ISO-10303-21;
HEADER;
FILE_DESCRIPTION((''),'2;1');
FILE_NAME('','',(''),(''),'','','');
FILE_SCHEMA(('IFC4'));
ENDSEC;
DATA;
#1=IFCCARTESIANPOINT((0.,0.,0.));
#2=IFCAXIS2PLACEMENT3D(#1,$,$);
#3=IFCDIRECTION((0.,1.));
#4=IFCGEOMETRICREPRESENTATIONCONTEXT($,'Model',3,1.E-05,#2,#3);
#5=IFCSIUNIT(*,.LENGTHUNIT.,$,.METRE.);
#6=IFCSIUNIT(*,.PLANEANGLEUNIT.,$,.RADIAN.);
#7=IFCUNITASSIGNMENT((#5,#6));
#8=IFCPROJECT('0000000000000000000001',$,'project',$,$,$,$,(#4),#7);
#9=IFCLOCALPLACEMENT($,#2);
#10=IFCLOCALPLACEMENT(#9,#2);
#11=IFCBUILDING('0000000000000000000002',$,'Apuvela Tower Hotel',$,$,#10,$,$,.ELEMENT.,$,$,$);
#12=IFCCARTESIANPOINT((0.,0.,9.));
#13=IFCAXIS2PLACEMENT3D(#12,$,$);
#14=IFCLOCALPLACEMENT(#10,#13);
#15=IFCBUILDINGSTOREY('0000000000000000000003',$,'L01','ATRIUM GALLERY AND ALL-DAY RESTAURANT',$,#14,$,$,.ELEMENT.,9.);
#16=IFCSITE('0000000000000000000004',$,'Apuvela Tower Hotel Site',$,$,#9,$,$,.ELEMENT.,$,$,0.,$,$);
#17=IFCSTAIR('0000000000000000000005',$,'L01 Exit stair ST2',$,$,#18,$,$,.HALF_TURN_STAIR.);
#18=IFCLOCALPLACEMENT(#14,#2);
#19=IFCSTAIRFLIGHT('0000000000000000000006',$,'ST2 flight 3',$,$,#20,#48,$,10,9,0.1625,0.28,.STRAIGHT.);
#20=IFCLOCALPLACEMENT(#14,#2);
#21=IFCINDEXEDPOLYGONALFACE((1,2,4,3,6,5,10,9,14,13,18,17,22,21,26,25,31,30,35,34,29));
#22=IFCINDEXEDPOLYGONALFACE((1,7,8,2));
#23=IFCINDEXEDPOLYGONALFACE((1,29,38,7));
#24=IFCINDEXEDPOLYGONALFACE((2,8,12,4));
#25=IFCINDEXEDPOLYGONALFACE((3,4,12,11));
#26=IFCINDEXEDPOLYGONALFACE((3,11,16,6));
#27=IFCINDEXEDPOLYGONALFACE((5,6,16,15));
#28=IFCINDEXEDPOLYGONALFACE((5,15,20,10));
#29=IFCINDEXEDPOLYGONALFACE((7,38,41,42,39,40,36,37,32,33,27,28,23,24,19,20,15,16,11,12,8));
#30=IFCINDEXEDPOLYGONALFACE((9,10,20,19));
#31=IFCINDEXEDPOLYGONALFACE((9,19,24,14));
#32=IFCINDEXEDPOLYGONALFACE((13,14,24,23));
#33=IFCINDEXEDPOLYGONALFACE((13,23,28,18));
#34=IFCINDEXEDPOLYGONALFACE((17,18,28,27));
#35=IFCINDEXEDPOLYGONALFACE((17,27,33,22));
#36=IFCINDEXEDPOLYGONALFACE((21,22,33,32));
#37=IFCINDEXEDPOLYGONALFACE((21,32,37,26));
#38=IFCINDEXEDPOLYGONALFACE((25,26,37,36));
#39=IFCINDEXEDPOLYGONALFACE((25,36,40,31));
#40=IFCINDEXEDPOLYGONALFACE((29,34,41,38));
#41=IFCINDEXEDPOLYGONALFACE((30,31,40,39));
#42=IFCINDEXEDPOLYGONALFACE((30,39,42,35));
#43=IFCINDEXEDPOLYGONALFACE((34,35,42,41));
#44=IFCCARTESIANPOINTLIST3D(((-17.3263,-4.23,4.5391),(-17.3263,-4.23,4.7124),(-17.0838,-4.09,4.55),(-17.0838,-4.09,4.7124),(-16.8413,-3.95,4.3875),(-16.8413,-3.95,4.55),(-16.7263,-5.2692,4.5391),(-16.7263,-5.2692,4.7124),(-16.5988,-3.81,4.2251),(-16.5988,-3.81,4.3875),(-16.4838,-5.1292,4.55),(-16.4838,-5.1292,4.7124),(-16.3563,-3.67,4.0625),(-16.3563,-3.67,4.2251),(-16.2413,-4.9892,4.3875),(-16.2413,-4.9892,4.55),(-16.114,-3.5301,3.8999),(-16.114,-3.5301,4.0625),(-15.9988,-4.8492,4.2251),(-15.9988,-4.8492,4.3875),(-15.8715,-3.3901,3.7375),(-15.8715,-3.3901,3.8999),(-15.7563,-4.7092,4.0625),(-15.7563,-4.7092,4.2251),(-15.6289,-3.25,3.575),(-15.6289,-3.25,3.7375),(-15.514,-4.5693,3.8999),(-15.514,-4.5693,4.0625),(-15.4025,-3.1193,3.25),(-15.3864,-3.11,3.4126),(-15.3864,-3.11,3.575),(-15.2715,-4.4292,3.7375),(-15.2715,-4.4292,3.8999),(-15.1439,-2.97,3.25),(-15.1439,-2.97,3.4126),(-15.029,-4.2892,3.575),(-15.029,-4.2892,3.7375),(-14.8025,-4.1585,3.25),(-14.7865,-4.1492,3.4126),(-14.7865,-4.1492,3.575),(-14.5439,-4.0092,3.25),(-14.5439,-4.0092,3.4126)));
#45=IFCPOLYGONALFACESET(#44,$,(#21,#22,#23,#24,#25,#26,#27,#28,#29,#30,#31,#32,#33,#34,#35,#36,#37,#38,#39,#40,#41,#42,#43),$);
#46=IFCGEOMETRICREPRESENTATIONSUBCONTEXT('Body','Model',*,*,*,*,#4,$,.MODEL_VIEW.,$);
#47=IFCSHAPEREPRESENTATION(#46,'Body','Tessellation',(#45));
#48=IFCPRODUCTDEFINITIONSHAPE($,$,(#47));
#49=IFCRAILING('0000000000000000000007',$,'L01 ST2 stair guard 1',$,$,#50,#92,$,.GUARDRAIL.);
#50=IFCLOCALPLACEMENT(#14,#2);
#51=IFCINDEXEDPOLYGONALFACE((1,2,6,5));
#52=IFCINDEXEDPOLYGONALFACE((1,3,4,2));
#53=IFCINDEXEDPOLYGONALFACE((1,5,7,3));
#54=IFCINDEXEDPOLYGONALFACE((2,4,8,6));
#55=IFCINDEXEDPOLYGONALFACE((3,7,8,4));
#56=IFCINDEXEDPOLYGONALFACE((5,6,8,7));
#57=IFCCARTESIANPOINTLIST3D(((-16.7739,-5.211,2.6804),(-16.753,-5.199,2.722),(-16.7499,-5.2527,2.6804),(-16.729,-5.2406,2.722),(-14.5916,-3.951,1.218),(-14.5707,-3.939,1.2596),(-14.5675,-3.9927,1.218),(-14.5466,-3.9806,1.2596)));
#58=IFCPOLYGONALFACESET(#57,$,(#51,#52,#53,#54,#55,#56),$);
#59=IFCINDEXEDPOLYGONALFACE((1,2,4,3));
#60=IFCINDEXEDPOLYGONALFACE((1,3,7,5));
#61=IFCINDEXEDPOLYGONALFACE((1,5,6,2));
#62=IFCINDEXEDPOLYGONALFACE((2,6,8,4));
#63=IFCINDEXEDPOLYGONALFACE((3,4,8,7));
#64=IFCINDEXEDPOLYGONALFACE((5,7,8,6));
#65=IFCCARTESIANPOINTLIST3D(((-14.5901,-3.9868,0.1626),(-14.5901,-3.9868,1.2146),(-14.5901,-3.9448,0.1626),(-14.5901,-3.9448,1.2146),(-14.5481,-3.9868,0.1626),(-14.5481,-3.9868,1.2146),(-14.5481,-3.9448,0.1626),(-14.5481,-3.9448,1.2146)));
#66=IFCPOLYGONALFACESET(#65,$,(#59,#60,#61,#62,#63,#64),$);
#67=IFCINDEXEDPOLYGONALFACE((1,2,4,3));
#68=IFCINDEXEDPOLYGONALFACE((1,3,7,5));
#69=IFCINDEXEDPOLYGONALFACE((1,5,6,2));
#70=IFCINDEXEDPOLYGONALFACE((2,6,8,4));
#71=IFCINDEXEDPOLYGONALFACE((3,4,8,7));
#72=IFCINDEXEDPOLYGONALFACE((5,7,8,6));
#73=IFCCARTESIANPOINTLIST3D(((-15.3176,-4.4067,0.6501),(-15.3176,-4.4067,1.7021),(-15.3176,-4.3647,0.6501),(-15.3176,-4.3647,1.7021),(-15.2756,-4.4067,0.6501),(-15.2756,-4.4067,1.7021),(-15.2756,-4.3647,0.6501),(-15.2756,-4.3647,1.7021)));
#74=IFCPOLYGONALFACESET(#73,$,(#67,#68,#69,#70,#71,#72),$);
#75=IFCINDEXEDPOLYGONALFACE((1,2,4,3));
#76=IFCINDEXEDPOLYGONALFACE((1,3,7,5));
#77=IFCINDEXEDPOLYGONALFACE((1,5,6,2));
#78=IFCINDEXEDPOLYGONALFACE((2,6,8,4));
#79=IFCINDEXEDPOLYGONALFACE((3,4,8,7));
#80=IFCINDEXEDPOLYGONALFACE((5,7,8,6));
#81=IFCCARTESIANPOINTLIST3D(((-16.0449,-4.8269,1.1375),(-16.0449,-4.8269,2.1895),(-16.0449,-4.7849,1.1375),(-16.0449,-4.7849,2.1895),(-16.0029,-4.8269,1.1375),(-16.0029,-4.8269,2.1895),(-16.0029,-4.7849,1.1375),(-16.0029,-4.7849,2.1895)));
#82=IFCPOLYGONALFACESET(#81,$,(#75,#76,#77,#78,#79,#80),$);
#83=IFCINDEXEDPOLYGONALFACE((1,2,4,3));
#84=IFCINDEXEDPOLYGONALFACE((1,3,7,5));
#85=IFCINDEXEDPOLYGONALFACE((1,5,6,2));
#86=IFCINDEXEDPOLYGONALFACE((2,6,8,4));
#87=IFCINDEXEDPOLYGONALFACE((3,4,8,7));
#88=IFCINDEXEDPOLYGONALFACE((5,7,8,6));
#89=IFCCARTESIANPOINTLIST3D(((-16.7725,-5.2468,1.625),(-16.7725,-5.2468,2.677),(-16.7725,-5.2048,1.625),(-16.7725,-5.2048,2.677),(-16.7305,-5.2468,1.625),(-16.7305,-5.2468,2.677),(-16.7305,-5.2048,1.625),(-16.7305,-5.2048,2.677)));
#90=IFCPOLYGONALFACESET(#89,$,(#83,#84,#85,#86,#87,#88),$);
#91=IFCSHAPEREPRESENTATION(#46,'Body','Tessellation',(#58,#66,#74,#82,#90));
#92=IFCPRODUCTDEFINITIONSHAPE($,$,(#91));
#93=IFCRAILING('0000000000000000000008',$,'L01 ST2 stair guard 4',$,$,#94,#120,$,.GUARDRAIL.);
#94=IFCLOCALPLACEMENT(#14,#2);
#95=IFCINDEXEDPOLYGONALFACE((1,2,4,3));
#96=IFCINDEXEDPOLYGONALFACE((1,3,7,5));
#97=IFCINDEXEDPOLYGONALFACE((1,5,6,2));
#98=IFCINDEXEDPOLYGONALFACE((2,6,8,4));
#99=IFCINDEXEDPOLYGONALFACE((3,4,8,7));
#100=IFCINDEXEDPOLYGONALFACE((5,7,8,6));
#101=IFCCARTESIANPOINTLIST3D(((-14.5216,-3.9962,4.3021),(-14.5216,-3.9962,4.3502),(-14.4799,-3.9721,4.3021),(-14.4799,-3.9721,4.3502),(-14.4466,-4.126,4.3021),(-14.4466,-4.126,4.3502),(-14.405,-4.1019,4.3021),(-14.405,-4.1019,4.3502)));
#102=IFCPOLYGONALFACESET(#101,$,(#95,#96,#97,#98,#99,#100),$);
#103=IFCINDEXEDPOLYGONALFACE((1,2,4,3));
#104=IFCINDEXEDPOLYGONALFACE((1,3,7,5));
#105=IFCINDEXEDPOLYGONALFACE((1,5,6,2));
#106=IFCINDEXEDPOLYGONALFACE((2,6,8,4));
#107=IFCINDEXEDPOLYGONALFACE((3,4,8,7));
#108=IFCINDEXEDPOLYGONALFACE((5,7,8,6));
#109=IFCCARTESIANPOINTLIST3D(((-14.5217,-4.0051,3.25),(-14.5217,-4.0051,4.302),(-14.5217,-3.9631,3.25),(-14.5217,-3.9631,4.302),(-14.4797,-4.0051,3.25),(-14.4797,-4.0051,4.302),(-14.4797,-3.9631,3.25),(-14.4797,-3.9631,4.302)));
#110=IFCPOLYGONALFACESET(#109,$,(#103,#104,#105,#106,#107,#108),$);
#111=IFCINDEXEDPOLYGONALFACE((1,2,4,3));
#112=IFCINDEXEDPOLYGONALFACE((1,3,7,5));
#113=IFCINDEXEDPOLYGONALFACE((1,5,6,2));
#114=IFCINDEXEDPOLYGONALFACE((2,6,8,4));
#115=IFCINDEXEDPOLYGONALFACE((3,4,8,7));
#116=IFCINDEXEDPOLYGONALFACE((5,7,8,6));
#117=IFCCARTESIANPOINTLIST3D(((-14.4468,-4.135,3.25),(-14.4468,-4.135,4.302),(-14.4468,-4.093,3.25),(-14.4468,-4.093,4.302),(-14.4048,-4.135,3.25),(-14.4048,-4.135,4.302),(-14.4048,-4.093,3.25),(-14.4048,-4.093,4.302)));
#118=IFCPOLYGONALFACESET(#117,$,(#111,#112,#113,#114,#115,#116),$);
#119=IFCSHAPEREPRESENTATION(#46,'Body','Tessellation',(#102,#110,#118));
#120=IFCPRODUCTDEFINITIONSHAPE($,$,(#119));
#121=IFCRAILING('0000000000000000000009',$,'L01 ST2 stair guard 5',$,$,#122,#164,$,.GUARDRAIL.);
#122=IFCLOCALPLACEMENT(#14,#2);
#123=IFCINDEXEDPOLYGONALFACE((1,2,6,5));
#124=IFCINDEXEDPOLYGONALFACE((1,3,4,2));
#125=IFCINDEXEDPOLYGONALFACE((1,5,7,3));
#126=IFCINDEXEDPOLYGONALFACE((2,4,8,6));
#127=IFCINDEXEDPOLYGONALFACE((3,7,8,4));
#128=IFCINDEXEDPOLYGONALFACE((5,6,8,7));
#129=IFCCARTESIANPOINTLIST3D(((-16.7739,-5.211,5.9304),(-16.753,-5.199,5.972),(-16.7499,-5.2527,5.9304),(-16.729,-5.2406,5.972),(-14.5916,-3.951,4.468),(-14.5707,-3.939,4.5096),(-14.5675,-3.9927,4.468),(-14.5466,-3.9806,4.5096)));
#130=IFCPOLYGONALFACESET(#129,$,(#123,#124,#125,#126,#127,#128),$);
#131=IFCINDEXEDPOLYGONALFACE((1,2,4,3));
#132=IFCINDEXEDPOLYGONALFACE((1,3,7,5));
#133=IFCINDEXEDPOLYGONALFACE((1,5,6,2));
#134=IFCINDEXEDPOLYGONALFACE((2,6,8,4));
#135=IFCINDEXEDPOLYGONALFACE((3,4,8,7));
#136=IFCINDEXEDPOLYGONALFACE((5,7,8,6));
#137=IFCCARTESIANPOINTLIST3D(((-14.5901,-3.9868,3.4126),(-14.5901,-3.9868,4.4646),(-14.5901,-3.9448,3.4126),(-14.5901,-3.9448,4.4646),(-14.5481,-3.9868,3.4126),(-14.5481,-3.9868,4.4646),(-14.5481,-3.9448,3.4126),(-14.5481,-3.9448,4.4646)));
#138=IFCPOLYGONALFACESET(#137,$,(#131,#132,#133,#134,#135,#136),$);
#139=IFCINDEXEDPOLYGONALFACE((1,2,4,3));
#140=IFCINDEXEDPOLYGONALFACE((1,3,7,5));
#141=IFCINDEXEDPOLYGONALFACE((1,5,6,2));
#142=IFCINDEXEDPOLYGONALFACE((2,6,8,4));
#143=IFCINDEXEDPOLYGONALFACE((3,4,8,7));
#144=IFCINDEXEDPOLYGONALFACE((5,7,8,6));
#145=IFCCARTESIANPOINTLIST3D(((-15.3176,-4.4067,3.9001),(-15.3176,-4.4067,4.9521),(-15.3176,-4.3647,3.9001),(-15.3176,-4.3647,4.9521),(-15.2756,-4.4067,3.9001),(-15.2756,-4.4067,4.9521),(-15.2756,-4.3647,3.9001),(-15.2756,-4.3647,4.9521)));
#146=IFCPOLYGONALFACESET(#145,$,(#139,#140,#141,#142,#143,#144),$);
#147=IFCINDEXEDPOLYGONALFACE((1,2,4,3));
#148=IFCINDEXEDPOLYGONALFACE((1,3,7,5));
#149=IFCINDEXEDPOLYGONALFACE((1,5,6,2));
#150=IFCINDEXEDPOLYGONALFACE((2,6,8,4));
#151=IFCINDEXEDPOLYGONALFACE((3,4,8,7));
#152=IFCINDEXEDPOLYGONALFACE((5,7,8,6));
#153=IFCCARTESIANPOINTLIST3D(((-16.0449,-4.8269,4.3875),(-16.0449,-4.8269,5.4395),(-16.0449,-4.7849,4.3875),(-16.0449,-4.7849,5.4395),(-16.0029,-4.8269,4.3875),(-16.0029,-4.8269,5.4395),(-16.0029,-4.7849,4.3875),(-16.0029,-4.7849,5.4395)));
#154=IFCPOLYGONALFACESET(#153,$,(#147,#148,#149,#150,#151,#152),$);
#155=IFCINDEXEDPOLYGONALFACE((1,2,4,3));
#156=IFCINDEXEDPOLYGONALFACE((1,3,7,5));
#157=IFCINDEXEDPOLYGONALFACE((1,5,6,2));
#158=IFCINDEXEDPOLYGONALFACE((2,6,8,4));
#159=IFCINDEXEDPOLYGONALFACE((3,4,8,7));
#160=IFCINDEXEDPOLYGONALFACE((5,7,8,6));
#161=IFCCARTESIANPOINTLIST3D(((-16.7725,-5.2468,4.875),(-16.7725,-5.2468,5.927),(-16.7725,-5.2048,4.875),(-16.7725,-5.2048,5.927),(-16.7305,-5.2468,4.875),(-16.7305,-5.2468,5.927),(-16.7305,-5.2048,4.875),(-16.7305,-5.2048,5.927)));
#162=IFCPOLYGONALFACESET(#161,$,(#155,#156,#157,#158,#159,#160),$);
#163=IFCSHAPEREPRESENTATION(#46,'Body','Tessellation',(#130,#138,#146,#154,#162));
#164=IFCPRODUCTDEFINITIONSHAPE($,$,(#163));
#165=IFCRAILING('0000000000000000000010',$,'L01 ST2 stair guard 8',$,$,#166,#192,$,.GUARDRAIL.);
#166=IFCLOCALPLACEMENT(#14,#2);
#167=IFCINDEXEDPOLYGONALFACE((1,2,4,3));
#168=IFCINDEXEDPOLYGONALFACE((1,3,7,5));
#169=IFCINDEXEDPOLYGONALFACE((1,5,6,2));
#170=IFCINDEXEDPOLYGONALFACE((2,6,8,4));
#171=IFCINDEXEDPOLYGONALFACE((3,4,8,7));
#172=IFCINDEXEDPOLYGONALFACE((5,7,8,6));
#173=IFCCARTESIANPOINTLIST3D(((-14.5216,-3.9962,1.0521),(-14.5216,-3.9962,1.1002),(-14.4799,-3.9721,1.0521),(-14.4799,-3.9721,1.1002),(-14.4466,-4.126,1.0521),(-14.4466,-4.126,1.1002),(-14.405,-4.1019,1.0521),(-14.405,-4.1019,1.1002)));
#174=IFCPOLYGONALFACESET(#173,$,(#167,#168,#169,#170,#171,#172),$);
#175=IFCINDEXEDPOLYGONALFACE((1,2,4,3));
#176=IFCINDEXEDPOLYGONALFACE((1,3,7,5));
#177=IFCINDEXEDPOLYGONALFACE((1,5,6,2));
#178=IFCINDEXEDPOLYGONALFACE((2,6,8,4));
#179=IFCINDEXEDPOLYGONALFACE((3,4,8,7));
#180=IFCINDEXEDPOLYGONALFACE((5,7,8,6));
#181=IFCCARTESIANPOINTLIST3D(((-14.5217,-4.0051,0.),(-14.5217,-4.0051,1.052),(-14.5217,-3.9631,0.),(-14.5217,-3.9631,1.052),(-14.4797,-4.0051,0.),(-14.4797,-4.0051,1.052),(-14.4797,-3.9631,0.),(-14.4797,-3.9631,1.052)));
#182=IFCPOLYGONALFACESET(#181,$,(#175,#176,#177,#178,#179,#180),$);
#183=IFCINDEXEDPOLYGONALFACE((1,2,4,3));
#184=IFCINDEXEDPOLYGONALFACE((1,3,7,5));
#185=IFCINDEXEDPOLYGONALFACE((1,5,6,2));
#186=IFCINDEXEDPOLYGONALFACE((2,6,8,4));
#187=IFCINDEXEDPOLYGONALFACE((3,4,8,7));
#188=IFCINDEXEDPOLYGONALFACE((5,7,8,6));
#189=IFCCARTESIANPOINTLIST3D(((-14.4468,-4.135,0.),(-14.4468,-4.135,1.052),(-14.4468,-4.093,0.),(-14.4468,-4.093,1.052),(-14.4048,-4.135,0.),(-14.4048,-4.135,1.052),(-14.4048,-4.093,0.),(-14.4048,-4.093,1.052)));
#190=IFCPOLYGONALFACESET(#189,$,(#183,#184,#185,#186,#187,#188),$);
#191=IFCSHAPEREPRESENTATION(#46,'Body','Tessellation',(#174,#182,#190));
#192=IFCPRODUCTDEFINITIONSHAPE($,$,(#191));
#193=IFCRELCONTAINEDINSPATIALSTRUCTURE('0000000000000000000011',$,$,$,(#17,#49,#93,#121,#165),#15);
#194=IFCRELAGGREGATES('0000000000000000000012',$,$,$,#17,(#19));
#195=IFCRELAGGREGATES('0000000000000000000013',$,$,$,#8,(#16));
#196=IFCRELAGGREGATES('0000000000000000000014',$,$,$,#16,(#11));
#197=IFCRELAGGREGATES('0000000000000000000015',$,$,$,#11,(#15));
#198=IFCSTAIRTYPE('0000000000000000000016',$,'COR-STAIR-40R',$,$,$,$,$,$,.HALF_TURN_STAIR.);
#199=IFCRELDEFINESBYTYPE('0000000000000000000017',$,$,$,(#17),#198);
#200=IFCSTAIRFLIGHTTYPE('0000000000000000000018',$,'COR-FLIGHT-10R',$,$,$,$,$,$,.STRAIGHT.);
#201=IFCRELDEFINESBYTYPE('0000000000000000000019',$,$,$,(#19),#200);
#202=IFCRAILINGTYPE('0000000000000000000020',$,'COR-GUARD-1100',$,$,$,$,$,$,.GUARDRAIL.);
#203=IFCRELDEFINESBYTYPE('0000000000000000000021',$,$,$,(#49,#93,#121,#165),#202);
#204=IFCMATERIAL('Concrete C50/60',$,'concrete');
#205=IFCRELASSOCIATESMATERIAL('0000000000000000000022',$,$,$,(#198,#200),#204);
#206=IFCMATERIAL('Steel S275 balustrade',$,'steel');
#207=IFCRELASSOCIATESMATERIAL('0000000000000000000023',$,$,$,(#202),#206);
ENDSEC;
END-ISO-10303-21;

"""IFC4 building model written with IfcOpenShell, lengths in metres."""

from ifc_helpers import new_model, si_unit, direction, frame, origin, origin_2d, place, context, subcontext, project, spatial, polyline, rectangle, outline, extrude, material, type_object, element, aggregate, save


model = new_model("IFC4")

# Units and contexts
model_context = context("Model", 3, precision=1e-05, world=origin(), true_north=direction((0.0, 1.0)))
body_context = subcontext(model_context, "Body", "Model", "MODEL_VIEW")
ifc_project = project(units=[si_unit("LENGTHUNIT", "METRE"), si_unit("PLANEANGLEUNIT", "RADIAN")], contexts=[model_context])

# Site, building, storey
site_placement = place(None, origin())
site = spatial("IfcSite", under=ifc_project, at=site_placement, Name="Apuvela Tower Hotel Site", CompositionType="ELEMENT", RefElevation=0.0)
building_placement = place(site_placement, origin())
building = spatial("IfcBuilding", under=site, at=building_placement, Name="Apuvela Tower Hotel", CompositionType="ELEMENT")
storey_placement = place(building_placement, frame((0.0, 0.0, 9.0)))
storey = spatial("IfcBuildingStorey", under=building, at=storey_placement, Name="L01", Description="ATRIUM GALLERY AND ALL-DAY RESTAURANT", CompositionType="ELEMENT", Elevation=9.0)

# Shared definitions
ifc_material_1 = material(Name="Concrete C50/60", Category="concrete")

# Stair, stair flight
stair_type = type_object("IfcStairType", Name="COR-STAIR-40R", PredefinedType="HALF_TURN_STAIR", material=ifc_material_1)
stair_placement = place(storey_placement, origin())
stair = element("IfcStair", 1, at=stair_placement, inside=storey, type_object=stair_type, Name="L01 Exit stair ST2", PredefinedType="HALF_TURN_STAIR")
stair_flight_type = type_object("IfcStairFlightType", Name="COR-FLIGHT-10R", PredefinedType="STRAIGHT", material=ifc_material_1)
stair_flight_1_placement = place(storey_placement, frame((-14.844, -3.4895, 3.25), z_axis=(0.0, 0.0, 1.0), x_axis=(-0.866025, -0.5, 0.0)))
stair_flight_1 = element("IfcStairFlight", 2, at=stair_flight_1_placement, type_object=stair_flight_type, Name="ST2 flight 3", NumberOfRisers=10, NumberOfTreads=9, PredefinedType="STRAIGHT", RiserHeight=0.1625, TreadLength=0.28, context=body_context, shape_type="SweptSolid", body=[
    extrude(outline(polyline([(0.0, 0.0), (0.0, 0.1626), (0.28, 0.1626), (0.28, 0.325), (0.5601, 0.325), (0.5601, 0.4875), (0.8401, 0.4875), (0.8401, 0.6499), (1.1201, 0.6499), (1.1201, 0.8125), (1.3999, 0.8125), (1.3999, 0.9751), (1.6799, 0.9751), (1.6799, 1.1375), (1.96, 1.1375), (1.96, 1.3), (2.24, 1.3), (2.24, 1.4624), (2.52, 1.4624), (2.52, 1.625), (2.52, 1.2891), (0.2986, 0.0), (0.0, 0.0)])), frame((0.0, 0.6001, 0.0), z_axis=(0.0, -1.0, 0.0), x_axis=(1.0, 0.0, 0.0)), (0.0, 0.0, 1.0), 1.2),
])
aggregate(stair, [stair_flight_1])

# Railings
ifc_material_2 = material(Name="Steel S275 balustrade", Category="steel")
railing_type_1 = type_object("IfcRailingType", Name="COR-GUARD-1100", PredefinedType="GUARDRAIL", material=ifc_material_2)
railing_1_placement = place(storey_placement, frame((-14.5691, -3.9658, 0.1626)))
element("IfcRailing", 3, at=railing_1_placement, inside=storey, type_object=railing_type_1, Name="L01 ST2 stair guard 1", PredefinedType="GUARDRAIL", context=body_context, shape_type="SweptSolid", body=[
    extrude(rectangle(XDim=0.0481, YDim=0.0481, at=origin_2d()), frame((0.0, 0.0, 1.0762), z_axis=(-0.749033, -0.43246, 0.501925), x_axis=(0.500005, -0.866023, 0.0)), (0.0, 0.0, 1.0), 2.9136),
    extrude(rectangle(XDim=0.042, YDim=0.042, at=origin_2d()), origin(), (0.0, 0.0, 1.0), 1.052),
    extrude(rectangle(XDim=0.042, YDim=0.042, at=origin_2d()), frame((-0.7275, -0.4199, 0.4875)), (0.0, 0.0, 1.0), 1.052),
    extrude(rectangle(XDim=0.042, YDim=0.042, at=origin_2d()), frame((-1.4548, -0.8401, 0.9749)), (0.0, 0.0, 1.0), 1.052),
    extrude(rectangle(XDim=0.042, YDim=0.042, at=origin_2d()), frame((-2.1824, -1.26, 1.4624)), (0.0, 0.0, 1.0), 1.052),
])
railing_2_placement = place(storey_placement, frame((-14.5007, -3.9841, 3.25)))
element("IfcRailing", 4, at=railing_2_placement, inside=storey, type_object=railing_type_1, Name="L01 ST2 stair guard 4", PredefinedType="GUARDRAIL", context=body_context, shape_type="SweptSolid", body=[
    extrude(rectangle(XDim=0.0481, YDim=0.0481, at=origin_2d()), frame((0.0, 0.0, 1.0762), z_axis=(0.499816, -0.866131, 0.0), x_axis=(0.866131, 0.499816, 0.0)), (0.0, 0.0, 1.0), 0.1499),
    extrude(rectangle(XDim=0.042, YDim=0.042, at=origin_2d()), origin(), (0.0, 0.0, 1.0), 1.052),
    extrude(rectangle(XDim=0.042, YDim=0.042, at=origin_2d()), frame((0.075, -0.1299, 0.0)), (0.0, 0.0, 1.0), 1.052),
])
railing_3_placement = place(storey_placement, frame((-14.5691, -3.9658, 3.4126)))
element("IfcRailing", 5, at=railing_3_placement, inside=storey, type_object=railing_type_1, Name="L01 ST2 stair guard 5", PredefinedType="GUARDRAIL", context=body_context, shape_type="SweptSolid", body=[
    extrude(rectangle(XDim=0.0481, YDim=0.0481, at=origin_2d()), frame((0.0, 0.0, 1.0762), z_axis=(-0.749033, -0.43246, 0.501925), x_axis=(0.500005, -0.866023, 0.0)), (0.0, 0.0, 1.0), 2.9136),
    extrude(rectangle(XDim=0.042, YDim=0.042, at=origin_2d()), origin(), (0.0, 0.0, 1.0), 1.052),
    extrude(rectangle(XDim=0.042, YDim=0.042, at=origin_2d()), frame((-0.7275, -0.4199, 0.4875)), (0.0, 0.0, 1.0), 1.052),
    extrude(rectangle(XDim=0.042, YDim=0.042, at=origin_2d()), frame((-1.4548, -0.8401, 0.9749)), (0.0, 0.0, 1.0), 1.052),
    extrude(rectangle(XDim=0.042, YDim=0.042, at=origin_2d()), frame((-2.1824, -1.26, 1.4624)), (0.0, 0.0, 1.0), 1.052),
])
railing_4_placement = place(storey_placement, frame((-14.5007, -3.9841, 0.0)))
element("IfcRailing", 6, at=railing_4_placement, inside=storey, type_object=railing_type_1, Name="L01 ST2 stair guard 8", PredefinedType="GUARDRAIL", context=body_context, shape_type="SweptSolid", body=[
    extrude(rectangle(XDim=0.0481, YDim=0.0481, at=origin_2d()), frame((0.0, 0.0, 1.0762), z_axis=(0.499816, -0.866131, 0.0), x_axis=(0.866131, 0.499816, 0.0)), (0.0, 0.0, 1.0), 0.1499),
    extrude(rectangle(XDim=0.042, YDim=0.042, at=origin_2d()), origin(), (0.0, 0.0, 1.0), 1.052),
    extrude(rectangle(XDim=0.042, YDim=0.042, at=origin_2d()), frame((0.075, -0.1299, 0.0)), (0.0, 0.0, 1.0), 1.052),
])

save(model, "model.ifc")
